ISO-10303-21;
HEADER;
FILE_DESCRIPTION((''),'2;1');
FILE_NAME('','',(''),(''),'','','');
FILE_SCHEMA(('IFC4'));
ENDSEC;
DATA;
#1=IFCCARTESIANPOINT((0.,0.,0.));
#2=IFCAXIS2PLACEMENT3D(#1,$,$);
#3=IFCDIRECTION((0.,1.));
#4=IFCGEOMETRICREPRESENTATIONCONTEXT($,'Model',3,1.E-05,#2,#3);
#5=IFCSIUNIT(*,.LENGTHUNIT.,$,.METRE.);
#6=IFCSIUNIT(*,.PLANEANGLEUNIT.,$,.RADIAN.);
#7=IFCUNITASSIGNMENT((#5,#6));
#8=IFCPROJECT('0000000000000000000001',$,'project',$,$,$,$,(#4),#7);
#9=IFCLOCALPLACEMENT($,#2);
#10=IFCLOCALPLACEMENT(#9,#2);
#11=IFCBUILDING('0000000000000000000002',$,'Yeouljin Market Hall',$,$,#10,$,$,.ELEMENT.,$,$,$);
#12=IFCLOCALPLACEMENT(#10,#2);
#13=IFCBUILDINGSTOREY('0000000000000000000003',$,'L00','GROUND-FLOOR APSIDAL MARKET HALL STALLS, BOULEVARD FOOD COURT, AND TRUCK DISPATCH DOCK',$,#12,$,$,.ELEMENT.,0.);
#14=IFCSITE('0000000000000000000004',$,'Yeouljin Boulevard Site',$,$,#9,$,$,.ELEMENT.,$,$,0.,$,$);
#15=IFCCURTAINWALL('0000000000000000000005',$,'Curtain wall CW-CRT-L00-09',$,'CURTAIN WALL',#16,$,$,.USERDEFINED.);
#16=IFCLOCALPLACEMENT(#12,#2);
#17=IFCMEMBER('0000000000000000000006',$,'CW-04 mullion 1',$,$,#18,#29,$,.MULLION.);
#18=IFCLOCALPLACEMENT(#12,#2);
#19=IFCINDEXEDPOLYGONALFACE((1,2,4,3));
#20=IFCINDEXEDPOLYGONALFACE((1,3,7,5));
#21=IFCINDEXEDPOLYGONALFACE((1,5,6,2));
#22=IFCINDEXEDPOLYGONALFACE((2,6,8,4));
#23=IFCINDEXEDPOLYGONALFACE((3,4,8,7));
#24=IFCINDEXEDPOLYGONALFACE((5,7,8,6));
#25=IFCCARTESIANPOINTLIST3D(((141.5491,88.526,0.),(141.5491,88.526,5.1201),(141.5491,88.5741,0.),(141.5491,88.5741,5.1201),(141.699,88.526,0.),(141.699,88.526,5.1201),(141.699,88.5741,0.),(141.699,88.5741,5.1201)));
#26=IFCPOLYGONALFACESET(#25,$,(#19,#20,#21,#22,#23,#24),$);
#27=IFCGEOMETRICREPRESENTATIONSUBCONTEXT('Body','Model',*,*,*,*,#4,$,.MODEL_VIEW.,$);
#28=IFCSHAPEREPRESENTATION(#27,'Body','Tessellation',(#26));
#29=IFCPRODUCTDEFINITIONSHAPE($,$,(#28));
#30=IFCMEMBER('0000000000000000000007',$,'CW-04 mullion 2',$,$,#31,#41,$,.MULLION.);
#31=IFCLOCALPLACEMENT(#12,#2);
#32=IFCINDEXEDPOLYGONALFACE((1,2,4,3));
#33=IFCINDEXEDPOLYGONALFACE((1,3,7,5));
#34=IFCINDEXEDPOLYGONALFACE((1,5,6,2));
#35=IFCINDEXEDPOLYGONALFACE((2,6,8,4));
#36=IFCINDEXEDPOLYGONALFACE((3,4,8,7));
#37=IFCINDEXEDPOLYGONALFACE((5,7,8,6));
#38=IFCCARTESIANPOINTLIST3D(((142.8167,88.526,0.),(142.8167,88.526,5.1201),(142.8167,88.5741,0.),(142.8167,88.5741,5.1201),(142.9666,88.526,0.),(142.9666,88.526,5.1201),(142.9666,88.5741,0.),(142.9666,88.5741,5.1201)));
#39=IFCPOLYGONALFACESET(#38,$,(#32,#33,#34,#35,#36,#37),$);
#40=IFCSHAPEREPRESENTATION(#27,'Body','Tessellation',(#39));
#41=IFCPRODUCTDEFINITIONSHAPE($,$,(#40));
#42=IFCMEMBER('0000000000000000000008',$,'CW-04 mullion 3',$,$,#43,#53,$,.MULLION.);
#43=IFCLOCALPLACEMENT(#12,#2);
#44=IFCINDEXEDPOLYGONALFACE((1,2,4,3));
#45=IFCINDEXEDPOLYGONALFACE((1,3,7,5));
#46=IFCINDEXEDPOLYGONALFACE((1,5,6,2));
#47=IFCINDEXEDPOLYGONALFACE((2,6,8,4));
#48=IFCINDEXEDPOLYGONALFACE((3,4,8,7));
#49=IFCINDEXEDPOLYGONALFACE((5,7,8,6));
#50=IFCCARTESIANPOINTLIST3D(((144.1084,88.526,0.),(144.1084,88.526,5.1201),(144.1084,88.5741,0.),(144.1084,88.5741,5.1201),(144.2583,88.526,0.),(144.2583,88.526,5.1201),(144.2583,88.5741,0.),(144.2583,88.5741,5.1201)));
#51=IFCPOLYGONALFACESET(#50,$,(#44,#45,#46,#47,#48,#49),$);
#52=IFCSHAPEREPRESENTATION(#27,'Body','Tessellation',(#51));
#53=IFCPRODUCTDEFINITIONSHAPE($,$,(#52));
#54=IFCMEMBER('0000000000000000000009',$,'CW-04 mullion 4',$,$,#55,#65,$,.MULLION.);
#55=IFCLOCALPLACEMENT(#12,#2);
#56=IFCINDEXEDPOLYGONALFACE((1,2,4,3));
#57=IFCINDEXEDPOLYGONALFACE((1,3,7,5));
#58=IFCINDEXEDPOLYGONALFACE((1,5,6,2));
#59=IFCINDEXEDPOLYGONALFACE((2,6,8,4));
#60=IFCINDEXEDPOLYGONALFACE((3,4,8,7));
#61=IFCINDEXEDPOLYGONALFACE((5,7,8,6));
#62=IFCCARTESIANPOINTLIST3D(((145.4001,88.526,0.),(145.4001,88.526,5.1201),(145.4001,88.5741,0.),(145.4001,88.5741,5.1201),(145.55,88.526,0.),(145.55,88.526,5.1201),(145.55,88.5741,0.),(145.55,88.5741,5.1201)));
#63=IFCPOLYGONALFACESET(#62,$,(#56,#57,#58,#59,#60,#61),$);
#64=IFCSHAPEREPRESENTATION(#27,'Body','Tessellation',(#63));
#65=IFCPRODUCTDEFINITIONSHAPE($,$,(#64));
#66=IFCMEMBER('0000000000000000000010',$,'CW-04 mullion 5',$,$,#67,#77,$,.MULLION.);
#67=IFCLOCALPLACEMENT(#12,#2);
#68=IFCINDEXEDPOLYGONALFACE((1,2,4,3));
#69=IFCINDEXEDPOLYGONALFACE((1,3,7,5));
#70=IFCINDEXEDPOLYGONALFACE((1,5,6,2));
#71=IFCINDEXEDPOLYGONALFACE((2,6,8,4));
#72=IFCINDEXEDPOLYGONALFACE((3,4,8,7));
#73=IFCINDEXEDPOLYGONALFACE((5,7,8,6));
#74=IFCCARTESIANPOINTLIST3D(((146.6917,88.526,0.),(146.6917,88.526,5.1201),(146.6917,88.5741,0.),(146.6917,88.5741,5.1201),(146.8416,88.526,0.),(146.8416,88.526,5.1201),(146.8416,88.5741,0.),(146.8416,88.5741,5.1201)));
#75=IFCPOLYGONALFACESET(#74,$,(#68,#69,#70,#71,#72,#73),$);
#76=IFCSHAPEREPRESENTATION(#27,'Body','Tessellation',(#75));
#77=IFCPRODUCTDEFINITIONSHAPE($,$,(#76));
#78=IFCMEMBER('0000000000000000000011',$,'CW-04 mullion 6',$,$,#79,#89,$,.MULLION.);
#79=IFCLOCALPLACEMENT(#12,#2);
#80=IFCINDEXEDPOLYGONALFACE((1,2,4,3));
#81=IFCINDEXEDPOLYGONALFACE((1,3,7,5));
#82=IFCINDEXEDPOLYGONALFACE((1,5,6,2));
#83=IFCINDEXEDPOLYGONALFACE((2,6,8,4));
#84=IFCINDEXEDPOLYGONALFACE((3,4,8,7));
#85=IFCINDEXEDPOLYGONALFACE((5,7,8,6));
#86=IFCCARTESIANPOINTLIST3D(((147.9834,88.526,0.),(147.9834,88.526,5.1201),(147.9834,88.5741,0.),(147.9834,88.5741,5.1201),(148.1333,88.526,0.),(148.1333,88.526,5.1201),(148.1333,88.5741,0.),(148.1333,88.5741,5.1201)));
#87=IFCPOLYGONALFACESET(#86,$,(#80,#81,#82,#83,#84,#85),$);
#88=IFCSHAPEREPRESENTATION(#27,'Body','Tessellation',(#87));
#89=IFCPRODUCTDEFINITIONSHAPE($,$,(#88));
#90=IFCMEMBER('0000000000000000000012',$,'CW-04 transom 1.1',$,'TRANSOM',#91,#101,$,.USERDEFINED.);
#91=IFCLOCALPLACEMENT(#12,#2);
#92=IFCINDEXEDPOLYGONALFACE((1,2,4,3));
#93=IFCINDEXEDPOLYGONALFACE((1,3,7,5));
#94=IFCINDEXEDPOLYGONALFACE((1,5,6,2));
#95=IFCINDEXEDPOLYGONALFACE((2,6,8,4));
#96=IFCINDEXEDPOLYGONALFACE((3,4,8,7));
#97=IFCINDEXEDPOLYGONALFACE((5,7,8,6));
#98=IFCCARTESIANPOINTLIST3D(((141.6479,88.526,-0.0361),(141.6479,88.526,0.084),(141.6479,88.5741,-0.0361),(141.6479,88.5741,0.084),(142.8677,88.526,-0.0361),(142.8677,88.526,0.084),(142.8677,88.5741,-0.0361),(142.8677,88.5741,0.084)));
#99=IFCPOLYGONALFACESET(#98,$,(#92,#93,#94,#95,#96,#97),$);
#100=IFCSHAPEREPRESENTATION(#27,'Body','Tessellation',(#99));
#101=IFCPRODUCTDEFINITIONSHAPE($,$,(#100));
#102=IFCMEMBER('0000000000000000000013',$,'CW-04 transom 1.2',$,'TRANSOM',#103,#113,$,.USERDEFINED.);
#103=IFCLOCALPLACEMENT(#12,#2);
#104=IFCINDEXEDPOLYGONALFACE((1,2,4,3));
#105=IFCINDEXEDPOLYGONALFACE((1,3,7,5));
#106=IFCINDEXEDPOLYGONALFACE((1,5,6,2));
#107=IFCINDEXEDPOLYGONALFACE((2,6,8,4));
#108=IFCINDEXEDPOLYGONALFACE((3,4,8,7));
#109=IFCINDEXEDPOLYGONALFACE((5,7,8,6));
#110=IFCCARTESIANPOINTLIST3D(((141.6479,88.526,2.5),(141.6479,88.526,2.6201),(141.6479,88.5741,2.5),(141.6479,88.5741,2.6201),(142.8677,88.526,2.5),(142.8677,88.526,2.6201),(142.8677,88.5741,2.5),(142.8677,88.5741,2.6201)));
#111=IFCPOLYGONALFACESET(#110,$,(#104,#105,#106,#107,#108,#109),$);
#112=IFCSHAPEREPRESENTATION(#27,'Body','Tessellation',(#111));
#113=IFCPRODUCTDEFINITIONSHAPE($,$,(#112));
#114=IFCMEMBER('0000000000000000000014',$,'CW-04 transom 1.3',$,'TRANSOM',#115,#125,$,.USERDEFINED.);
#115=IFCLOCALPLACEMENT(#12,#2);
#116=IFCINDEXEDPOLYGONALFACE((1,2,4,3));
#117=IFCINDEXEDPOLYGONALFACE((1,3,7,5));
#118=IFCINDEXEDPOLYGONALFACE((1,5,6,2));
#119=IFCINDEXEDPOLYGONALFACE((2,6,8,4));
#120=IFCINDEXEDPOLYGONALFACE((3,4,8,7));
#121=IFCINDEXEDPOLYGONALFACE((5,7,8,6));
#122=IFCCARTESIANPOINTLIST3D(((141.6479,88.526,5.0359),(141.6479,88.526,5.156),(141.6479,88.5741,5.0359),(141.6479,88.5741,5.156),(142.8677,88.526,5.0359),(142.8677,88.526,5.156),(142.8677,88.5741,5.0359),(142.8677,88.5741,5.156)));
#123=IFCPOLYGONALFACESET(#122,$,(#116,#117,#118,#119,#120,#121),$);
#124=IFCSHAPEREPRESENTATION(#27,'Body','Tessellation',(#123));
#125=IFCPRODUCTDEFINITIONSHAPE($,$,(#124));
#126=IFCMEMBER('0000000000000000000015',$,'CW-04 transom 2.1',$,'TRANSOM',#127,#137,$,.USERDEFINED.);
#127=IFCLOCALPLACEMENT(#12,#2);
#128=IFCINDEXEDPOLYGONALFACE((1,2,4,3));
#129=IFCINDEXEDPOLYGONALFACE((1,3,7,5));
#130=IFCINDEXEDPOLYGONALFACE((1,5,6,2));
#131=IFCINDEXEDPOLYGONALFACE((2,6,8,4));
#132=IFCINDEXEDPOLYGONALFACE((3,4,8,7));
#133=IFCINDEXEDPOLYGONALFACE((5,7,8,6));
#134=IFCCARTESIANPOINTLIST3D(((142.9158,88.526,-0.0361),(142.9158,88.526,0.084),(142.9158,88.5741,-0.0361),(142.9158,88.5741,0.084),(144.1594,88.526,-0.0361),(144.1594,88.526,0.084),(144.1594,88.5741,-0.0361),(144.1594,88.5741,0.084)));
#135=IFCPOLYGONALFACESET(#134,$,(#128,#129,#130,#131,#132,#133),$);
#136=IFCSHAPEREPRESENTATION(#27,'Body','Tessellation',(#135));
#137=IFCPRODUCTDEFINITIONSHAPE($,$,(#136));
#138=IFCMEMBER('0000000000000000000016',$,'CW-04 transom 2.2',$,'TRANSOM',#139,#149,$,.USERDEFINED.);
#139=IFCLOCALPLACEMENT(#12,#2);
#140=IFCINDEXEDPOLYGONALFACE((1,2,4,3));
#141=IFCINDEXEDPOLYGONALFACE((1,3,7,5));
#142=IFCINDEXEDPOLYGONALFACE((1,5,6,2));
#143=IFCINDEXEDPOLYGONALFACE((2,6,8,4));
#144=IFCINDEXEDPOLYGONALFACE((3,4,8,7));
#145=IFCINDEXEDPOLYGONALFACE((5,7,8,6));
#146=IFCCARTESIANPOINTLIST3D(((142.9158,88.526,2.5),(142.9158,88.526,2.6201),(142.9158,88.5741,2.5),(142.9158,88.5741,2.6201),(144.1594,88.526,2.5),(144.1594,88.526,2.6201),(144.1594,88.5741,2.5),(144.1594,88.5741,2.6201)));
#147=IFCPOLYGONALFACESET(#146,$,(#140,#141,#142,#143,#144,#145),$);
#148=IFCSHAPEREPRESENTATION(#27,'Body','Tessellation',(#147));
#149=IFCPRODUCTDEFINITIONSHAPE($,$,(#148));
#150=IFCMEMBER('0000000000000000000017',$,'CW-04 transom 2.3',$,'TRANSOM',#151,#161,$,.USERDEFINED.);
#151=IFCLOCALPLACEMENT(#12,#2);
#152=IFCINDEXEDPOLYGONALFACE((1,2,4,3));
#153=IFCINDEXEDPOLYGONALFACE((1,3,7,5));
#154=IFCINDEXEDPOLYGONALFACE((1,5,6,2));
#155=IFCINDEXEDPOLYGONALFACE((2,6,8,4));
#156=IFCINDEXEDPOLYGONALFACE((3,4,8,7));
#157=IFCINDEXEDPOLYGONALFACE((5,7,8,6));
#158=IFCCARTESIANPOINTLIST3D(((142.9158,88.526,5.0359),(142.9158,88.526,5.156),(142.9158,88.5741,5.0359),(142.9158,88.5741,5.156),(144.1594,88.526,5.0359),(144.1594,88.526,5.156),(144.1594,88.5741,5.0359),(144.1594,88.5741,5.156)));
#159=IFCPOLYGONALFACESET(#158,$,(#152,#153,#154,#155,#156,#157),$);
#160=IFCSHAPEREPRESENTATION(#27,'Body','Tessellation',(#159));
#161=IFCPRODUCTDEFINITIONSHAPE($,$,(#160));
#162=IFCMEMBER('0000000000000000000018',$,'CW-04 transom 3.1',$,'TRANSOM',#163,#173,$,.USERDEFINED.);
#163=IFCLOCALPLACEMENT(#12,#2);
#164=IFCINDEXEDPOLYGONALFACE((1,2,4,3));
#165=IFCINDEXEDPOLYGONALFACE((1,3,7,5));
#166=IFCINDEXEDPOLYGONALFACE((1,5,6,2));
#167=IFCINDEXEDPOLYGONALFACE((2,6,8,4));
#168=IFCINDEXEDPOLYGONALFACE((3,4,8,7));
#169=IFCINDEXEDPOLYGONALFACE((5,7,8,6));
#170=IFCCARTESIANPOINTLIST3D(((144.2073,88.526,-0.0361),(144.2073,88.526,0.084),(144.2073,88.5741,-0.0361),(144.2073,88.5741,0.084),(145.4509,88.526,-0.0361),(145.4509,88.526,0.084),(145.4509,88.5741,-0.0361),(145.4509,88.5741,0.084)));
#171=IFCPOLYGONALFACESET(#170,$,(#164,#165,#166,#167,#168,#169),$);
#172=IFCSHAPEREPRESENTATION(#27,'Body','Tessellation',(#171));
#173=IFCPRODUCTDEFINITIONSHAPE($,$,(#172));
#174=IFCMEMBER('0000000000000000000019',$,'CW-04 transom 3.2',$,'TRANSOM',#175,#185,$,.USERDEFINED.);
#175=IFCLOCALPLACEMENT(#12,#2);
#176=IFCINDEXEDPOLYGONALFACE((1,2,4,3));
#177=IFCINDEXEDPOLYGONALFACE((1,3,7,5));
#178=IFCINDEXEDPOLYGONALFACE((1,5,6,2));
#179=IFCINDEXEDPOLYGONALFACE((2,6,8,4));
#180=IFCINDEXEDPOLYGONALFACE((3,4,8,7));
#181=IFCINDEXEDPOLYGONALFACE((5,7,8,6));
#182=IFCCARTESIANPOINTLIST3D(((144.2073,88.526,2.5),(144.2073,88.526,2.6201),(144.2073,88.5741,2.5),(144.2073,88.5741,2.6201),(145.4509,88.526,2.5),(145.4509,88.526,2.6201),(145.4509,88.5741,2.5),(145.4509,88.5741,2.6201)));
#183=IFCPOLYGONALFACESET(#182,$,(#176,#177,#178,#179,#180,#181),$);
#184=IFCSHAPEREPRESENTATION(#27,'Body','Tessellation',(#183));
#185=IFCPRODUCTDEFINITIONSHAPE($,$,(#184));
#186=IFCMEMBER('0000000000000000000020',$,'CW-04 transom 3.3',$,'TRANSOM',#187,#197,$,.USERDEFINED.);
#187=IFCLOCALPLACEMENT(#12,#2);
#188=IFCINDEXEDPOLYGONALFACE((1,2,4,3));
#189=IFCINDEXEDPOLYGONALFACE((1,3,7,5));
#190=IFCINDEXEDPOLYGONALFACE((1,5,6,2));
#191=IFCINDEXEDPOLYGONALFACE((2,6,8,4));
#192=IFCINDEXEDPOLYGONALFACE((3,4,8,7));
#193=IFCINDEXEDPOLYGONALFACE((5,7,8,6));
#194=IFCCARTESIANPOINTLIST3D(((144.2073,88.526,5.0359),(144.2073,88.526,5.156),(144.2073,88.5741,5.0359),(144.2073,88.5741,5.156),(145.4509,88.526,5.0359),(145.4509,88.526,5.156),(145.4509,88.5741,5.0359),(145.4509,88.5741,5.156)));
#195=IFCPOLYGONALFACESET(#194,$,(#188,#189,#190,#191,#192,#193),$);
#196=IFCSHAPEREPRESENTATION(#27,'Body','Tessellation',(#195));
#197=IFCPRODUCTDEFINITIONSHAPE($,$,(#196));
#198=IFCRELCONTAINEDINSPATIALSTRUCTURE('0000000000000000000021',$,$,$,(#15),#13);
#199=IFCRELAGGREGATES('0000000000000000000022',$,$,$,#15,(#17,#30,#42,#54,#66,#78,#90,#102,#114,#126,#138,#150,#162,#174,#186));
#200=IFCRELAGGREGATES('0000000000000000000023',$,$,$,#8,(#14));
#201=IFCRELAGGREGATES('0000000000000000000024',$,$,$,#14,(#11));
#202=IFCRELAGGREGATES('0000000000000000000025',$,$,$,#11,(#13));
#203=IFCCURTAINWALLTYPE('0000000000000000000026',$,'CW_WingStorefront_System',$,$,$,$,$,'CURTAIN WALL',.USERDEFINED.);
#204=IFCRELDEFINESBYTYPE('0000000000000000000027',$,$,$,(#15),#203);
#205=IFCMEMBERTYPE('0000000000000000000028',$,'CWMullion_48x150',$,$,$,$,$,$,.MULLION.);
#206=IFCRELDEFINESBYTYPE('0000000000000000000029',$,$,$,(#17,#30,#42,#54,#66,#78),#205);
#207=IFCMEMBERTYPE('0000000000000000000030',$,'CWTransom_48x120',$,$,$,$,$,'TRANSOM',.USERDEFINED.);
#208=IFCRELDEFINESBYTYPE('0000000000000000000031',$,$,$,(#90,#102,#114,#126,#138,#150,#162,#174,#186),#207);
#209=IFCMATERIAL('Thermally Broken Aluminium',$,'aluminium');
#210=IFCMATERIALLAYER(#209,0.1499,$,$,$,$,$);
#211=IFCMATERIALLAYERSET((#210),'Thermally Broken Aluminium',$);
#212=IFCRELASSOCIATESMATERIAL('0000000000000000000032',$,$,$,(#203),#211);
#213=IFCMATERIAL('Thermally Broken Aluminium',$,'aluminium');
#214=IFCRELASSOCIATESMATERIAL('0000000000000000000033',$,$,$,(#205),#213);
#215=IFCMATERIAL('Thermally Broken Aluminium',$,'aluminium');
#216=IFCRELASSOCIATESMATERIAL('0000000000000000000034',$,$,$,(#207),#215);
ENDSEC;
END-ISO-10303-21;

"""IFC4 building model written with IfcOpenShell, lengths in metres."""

from ifc_helpers import new_model, si_unit, direction, frame, origin, origin_2d, place, context, subcontext, project, spatial, rectangle, extrude, material, layer, layer_set, material_profile, profile_set, type_object, element, aggregate, save


model = new_model("IFC4")

# Units and contexts
model_context = context("Model", 3, precision=1e-05, world=origin(), true_north=direction((0.0, 1.0)))
body_context = subcontext(model_context, "Body", "Model", "MODEL_VIEW")
ifc_project = project(units=[si_unit("LENGTHUNIT", "METRE"), si_unit("PLANEANGLEUNIT", "RADIAN")], contexts=[model_context])

# Site, building, storey
site_placement = place(None, origin())
site = spatial("IfcSite", under=ifc_project, at=site_placement, Name="Yeouljin Boulevard Site", CompositionType="ELEMENT", RefElevation=0.0)
building_placement = place(site_placement, origin())
building = spatial("IfcBuilding", under=site, at=building_placement, Name="Yeouljin Market Hall", CompositionType="ELEMENT")
storey_placement = place(building_placement, origin())
storey = spatial("IfcBuildingStorey", under=building, at=storey_placement, Name="L00", Description="GROUND-FLOOR APSIDAL MARKET HALL STALLS, BOULEVARD FOOD COURT, AND TRUCK DISPATCH DOCK", CompositionType="ELEMENT", Elevation=0.0)

# Curtain wall, members
ifc_material_1 = material(Name="Thermally Broken Aluminium", Category="aluminium")
ifc_layer_1 = layer(ifc_material_1, 0.1499)
ifc_layer_set_1 = layer_set([ifc_layer_1], Name="Thermally Broken Aluminium")
curtain_wall_type = type_object("IfcCurtainWallType", Name="CW_WingStorefront_System", ElementType="CURTAIN WALL", PredefinedType="USERDEFINED", material=ifc_layer_set_1)
curtain_wall_placement = place(storey_placement, origin())
curtain_wall = element("IfcCurtainWall", 1, at=curtain_wall_placement, inside=storey, type_object=curtain_wall_type, Name="Curtain wall CW-CRT-L00-09", ObjectType="CURTAIN WALL", PredefinedType="USERDEFINED")
ifc_material_2 = material(Name="Thermally Broken Aluminium", Category="aluminium")
ifc_material_profile_1 = material_profile(ifc_material_2, rectangle(XDim=0.0481, YDim=0.1499, at=origin_2d()), Name="CW-MULL-48x150")
ifc_profile_set_1 = profile_set([ifc_material_profile_1], Name="Thermally Broken Aluminium")
member_type_1 = type_object("IfcMemberType", Name="CWMullion_48x150", PredefinedType="MULLION", material=ifc_profile_set_1)
member_1_placement = place(storey_placement, frame((141.624, 88.55, 0.0), z_axis=(0.0, 0.0, 1.0), x_axis=(0.0, 1.0, 0.0)))
member_1 = element("IfcMember", 2, at=member_1_placement, type_object=member_type_1, Name="CW-04 mullion 1", PredefinedType="MULLION", context=body_context, shape_type="SweptSolid", body=[
    extrude(rectangle(XDim=0.0481, YDim=0.1499, at=origin_2d()), origin(), (0.0, 0.0, 1.0), 5.1201),
])
member_2_placement = place(storey_placement, frame((142.8916, 88.55, 0.0), z_axis=(0.0, 0.0, 1.0), x_axis=(0.0, 1.0, 0.0)))
member_2 = element("IfcMember", 3, at=member_2_placement, type_object=member_type_1, Name="CW-04 mullion 2", PredefinedType="MULLION", context=body_context, shape_type="SweptSolid", body=[
    extrude(rectangle(XDim=0.0481, YDim=0.1499, at=origin_2d()), origin(), (0.0, 0.0, 1.0), 5.1201),
])
member_3_placement = place(storey_placement, frame((144.1833, 88.55, 0.0), z_axis=(0.0, 0.0, 1.0), x_axis=(0.0, 1.0, 0.0)))
member_3 = element("IfcMember", 4, at=member_3_placement, type_object=member_type_1, Name="CW-04 mullion 3", PredefinedType="MULLION", context=body_context, shape_type="SweptSolid", body=[
    extrude(rectangle(XDim=0.0481, YDim=0.1499, at=origin_2d()), origin(), (0.0, 0.0, 1.0), 5.1201),
])
member_4_placement = place(storey_placement, frame((145.4751, 88.55, 0.0), z_axis=(0.0, 0.0, 1.0), x_axis=(0.0, 1.0, 0.0)))
member_4 = element("IfcMember", 5, at=member_4_placement, type_object=member_type_1, Name="CW-04 mullion 4", PredefinedType="MULLION", context=body_context, shape_type="SweptSolid", body=[
    extrude(rectangle(XDim=0.0481, YDim=0.1499, at=origin_2d()), origin(), (0.0, 0.0, 1.0), 5.1201),
])
member_5_placement = place(storey_placement, frame((146.7666, 88.55, 0.0), z_axis=(0.0, 0.0, 1.0), x_axis=(0.0, 1.0, 0.0)))
member_5 = element("IfcMember", 6, at=member_5_placement, type_object=member_type_1, Name="CW-04 mullion 5", PredefinedType="MULLION", context=body_context, shape_type="SweptSolid", body=[
    extrude(rectangle(XDim=0.0481, YDim=0.1499, at=origin_2d()), origin(), (0.0, 0.0, 1.0), 5.1201),
])
member_6_placement = place(storey_placement, frame((148.0583, 88.55, 0.0), z_axis=(0.0, 0.0, 1.0), x_axis=(0.0, 1.0, 0.0)))
member_6 = element("IfcMember", 7, at=member_6_placement, type_object=member_type_1, Name="CW-04 mullion 6", PredefinedType="MULLION", context=body_context, shape_type="SweptSolid", body=[
    extrude(rectangle(XDim=0.0481, YDim=0.1499, at=origin_2d()), origin(), (0.0, 0.0, 1.0), 5.1201),
])
ifc_material_3 = material(Name="Thermally Broken Aluminium", Category="aluminium")
ifc_material_profile_2 = material_profile(ifc_material_3, rectangle(XDim=0.0481, YDim=0.1201, at=origin_2d()), Name="CW-TRAN-48x120")
ifc_profile_set_2 = profile_set([ifc_material_profile_2], Name="Thermally Broken Aluminium")
member_type_2 = type_object("IfcMemberType", Name="CWTransom_48x120", ElementType="TRANSOM", PredefinedType="USERDEFINED", material=ifc_profile_set_2)
member_7_placement = place(storey_placement, frame((141.6479, 88.55, 0.0239), z_axis=(1.0, 0.0, 0.0), x_axis=(0.0, 1.0, 0.0)))
member_7 = element("IfcMember", 8, at=member_7_placement, type_object=member_type_2, Name="CW-04 transom 1.1", ObjectType="TRANSOM", PredefinedType="USERDEFINED", context=body_context, shape_type="SweptSolid", body=[
    extrude(rectangle(XDim=0.0481, YDim=0.1201, at=origin_2d()), origin(), (0.0, 0.0, 1.0), 1.2197),
])
member_8_placement = place(storey_placement, frame((141.6479, 88.55, 2.5601), z_axis=(1.0, 0.0, 0.0), x_axis=(0.0, 1.0, 0.0)))
member_8 = element("IfcMember", 9, at=member_8_placement, type_object=member_type_2, Name="CW-04 transom 1.2", ObjectType="TRANSOM", PredefinedType="USERDEFINED", context=body_context, shape_type="SweptSolid", body=[
    extrude(rectangle(XDim=0.0481, YDim=0.1201, at=origin_2d()), origin(), (0.0, 0.0, 1.0), 1.2197),
])
member_9_placement = place(storey_placement, frame((141.6479, 88.55, 5.0959), z_axis=(1.0, 0.0, 0.0), x_axis=(0.0, 1.0, 0.0)))
member_9 = element("IfcMember", 10, at=member_9_placement, type_object=member_type_2, Name="CW-04 transom 1.3", ObjectType="TRANSOM", PredefinedType="USERDEFINED", context=body_context, shape_type="SweptSolid", body=[
    extrude(rectangle(XDim=0.0481, YDim=0.1201, at=origin_2d()), origin(), (0.0, 0.0, 1.0), 1.2197),
])
member_10_placement = place(storey_placement, frame((142.9158, 88.55, 0.0239), z_axis=(1.0, 0.0, 0.0), x_axis=(0.0, 1.0, 0.0)))
member_10 = element("IfcMember", 11, at=member_10_placement, type_object=member_type_2, Name="CW-04 transom 2.1", ObjectType="TRANSOM", PredefinedType="USERDEFINED", context=body_context, shape_type="SweptSolid", body=[
    extrude(rectangle(XDim=0.0481, YDim=0.1201, at=origin_2d()), origin(), (0.0, 0.0, 1.0), 1.2437),
])
member_11_placement = place(storey_placement, frame((142.9158, 88.55, 2.5601), z_axis=(1.0, 0.0, 0.0), x_axis=(0.0, 1.0, 0.0)))
member_11 = element("IfcMember", 12, at=member_11_placement, type_object=member_type_2, Name="CW-04 transom 2.2", ObjectType="TRANSOM", PredefinedType="USERDEFINED", context=body_context, shape_type="SweptSolid", body=[
    extrude(rectangle(XDim=0.0481, YDim=0.1201, at=origin_2d()), origin(), (0.0, 0.0, 1.0), 1.2437),
])
member_12_placement = place(storey_placement, frame((142.9158, 88.55, 5.0959), z_axis=(1.0, 0.0, 0.0), x_axis=(0.0, 1.0, 0.0)))
member_12 = element("IfcMember", 13, at=member_12_placement, type_object=member_type_2, Name="CW-04 transom 2.3", ObjectType="TRANSOM", PredefinedType="USERDEFINED", context=body_context, shape_type="SweptSolid", body=[
    extrude(rectangle(XDim=0.0481, YDim=0.1201, at=origin_2d()), origin(), (0.0, 0.0, 1.0), 1.2437),
])
member_13_placement = place(storey_placement, frame((144.2073, 88.55, 0.0239), z_axis=(1.0, 0.0, 0.0), x_axis=(0.0, 1.0, 0.0)))
member_13 = element("IfcMember", 14, at=member_13_placement, type_object=member_type_2, Name="CW-04 transom 3.1", ObjectType="TRANSOM", PredefinedType="USERDEFINED", context=body_context, shape_type="SweptSolid", body=[
    extrude(rectangle(XDim=0.0481, YDim=0.1201, at=origin_2d()), origin(), (0.0, 0.0, 1.0), 1.2437),
])
member_14_placement = place(storey_placement, frame((144.2073, 88.55, 2.5601), z_axis=(1.0, 0.0, 0.0), x_axis=(0.0, 1.0, 0.0)))
member_14 = element("IfcMember", 15, at=member_14_placement, type_object=member_type_2, Name="CW-04 transom 3.2", ObjectType="TRANSOM", PredefinedType="USERDEFINED", context=body_context, shape_type="SweptSolid", body=[
    extrude(rectangle(XDim=0.0481, YDim=0.1201, at=origin_2d()), origin(), (0.0, 0.0, 1.0), 1.2437),
])
member_15_placement = place(storey_placement, frame((144.2073, 88.55, 5.0959), z_axis=(1.0, 0.0, 0.0), x_axis=(0.0, 1.0, 0.0)))
member_15 = element("IfcMember", 16, at=member_15_placement, type_object=member_type_2, Name="CW-04 transom 3.3", ObjectType="TRANSOM", PredefinedType="USERDEFINED", context=body_context, shape_type="SweptSolid", body=[
    extrude(rectangle(XDim=0.0481, YDim=0.1201, at=origin_2d()), origin(), (0.0, 0.0, 1.0), 1.2437),
])
aggregate(curtain_wall, [member_1, member_2, member_3, member_4, member_5, member_6, member_7, member_8, member_9, member_10, member_11, member_12, member_13, member_14, member_15])

save(model, "model.ifc")
